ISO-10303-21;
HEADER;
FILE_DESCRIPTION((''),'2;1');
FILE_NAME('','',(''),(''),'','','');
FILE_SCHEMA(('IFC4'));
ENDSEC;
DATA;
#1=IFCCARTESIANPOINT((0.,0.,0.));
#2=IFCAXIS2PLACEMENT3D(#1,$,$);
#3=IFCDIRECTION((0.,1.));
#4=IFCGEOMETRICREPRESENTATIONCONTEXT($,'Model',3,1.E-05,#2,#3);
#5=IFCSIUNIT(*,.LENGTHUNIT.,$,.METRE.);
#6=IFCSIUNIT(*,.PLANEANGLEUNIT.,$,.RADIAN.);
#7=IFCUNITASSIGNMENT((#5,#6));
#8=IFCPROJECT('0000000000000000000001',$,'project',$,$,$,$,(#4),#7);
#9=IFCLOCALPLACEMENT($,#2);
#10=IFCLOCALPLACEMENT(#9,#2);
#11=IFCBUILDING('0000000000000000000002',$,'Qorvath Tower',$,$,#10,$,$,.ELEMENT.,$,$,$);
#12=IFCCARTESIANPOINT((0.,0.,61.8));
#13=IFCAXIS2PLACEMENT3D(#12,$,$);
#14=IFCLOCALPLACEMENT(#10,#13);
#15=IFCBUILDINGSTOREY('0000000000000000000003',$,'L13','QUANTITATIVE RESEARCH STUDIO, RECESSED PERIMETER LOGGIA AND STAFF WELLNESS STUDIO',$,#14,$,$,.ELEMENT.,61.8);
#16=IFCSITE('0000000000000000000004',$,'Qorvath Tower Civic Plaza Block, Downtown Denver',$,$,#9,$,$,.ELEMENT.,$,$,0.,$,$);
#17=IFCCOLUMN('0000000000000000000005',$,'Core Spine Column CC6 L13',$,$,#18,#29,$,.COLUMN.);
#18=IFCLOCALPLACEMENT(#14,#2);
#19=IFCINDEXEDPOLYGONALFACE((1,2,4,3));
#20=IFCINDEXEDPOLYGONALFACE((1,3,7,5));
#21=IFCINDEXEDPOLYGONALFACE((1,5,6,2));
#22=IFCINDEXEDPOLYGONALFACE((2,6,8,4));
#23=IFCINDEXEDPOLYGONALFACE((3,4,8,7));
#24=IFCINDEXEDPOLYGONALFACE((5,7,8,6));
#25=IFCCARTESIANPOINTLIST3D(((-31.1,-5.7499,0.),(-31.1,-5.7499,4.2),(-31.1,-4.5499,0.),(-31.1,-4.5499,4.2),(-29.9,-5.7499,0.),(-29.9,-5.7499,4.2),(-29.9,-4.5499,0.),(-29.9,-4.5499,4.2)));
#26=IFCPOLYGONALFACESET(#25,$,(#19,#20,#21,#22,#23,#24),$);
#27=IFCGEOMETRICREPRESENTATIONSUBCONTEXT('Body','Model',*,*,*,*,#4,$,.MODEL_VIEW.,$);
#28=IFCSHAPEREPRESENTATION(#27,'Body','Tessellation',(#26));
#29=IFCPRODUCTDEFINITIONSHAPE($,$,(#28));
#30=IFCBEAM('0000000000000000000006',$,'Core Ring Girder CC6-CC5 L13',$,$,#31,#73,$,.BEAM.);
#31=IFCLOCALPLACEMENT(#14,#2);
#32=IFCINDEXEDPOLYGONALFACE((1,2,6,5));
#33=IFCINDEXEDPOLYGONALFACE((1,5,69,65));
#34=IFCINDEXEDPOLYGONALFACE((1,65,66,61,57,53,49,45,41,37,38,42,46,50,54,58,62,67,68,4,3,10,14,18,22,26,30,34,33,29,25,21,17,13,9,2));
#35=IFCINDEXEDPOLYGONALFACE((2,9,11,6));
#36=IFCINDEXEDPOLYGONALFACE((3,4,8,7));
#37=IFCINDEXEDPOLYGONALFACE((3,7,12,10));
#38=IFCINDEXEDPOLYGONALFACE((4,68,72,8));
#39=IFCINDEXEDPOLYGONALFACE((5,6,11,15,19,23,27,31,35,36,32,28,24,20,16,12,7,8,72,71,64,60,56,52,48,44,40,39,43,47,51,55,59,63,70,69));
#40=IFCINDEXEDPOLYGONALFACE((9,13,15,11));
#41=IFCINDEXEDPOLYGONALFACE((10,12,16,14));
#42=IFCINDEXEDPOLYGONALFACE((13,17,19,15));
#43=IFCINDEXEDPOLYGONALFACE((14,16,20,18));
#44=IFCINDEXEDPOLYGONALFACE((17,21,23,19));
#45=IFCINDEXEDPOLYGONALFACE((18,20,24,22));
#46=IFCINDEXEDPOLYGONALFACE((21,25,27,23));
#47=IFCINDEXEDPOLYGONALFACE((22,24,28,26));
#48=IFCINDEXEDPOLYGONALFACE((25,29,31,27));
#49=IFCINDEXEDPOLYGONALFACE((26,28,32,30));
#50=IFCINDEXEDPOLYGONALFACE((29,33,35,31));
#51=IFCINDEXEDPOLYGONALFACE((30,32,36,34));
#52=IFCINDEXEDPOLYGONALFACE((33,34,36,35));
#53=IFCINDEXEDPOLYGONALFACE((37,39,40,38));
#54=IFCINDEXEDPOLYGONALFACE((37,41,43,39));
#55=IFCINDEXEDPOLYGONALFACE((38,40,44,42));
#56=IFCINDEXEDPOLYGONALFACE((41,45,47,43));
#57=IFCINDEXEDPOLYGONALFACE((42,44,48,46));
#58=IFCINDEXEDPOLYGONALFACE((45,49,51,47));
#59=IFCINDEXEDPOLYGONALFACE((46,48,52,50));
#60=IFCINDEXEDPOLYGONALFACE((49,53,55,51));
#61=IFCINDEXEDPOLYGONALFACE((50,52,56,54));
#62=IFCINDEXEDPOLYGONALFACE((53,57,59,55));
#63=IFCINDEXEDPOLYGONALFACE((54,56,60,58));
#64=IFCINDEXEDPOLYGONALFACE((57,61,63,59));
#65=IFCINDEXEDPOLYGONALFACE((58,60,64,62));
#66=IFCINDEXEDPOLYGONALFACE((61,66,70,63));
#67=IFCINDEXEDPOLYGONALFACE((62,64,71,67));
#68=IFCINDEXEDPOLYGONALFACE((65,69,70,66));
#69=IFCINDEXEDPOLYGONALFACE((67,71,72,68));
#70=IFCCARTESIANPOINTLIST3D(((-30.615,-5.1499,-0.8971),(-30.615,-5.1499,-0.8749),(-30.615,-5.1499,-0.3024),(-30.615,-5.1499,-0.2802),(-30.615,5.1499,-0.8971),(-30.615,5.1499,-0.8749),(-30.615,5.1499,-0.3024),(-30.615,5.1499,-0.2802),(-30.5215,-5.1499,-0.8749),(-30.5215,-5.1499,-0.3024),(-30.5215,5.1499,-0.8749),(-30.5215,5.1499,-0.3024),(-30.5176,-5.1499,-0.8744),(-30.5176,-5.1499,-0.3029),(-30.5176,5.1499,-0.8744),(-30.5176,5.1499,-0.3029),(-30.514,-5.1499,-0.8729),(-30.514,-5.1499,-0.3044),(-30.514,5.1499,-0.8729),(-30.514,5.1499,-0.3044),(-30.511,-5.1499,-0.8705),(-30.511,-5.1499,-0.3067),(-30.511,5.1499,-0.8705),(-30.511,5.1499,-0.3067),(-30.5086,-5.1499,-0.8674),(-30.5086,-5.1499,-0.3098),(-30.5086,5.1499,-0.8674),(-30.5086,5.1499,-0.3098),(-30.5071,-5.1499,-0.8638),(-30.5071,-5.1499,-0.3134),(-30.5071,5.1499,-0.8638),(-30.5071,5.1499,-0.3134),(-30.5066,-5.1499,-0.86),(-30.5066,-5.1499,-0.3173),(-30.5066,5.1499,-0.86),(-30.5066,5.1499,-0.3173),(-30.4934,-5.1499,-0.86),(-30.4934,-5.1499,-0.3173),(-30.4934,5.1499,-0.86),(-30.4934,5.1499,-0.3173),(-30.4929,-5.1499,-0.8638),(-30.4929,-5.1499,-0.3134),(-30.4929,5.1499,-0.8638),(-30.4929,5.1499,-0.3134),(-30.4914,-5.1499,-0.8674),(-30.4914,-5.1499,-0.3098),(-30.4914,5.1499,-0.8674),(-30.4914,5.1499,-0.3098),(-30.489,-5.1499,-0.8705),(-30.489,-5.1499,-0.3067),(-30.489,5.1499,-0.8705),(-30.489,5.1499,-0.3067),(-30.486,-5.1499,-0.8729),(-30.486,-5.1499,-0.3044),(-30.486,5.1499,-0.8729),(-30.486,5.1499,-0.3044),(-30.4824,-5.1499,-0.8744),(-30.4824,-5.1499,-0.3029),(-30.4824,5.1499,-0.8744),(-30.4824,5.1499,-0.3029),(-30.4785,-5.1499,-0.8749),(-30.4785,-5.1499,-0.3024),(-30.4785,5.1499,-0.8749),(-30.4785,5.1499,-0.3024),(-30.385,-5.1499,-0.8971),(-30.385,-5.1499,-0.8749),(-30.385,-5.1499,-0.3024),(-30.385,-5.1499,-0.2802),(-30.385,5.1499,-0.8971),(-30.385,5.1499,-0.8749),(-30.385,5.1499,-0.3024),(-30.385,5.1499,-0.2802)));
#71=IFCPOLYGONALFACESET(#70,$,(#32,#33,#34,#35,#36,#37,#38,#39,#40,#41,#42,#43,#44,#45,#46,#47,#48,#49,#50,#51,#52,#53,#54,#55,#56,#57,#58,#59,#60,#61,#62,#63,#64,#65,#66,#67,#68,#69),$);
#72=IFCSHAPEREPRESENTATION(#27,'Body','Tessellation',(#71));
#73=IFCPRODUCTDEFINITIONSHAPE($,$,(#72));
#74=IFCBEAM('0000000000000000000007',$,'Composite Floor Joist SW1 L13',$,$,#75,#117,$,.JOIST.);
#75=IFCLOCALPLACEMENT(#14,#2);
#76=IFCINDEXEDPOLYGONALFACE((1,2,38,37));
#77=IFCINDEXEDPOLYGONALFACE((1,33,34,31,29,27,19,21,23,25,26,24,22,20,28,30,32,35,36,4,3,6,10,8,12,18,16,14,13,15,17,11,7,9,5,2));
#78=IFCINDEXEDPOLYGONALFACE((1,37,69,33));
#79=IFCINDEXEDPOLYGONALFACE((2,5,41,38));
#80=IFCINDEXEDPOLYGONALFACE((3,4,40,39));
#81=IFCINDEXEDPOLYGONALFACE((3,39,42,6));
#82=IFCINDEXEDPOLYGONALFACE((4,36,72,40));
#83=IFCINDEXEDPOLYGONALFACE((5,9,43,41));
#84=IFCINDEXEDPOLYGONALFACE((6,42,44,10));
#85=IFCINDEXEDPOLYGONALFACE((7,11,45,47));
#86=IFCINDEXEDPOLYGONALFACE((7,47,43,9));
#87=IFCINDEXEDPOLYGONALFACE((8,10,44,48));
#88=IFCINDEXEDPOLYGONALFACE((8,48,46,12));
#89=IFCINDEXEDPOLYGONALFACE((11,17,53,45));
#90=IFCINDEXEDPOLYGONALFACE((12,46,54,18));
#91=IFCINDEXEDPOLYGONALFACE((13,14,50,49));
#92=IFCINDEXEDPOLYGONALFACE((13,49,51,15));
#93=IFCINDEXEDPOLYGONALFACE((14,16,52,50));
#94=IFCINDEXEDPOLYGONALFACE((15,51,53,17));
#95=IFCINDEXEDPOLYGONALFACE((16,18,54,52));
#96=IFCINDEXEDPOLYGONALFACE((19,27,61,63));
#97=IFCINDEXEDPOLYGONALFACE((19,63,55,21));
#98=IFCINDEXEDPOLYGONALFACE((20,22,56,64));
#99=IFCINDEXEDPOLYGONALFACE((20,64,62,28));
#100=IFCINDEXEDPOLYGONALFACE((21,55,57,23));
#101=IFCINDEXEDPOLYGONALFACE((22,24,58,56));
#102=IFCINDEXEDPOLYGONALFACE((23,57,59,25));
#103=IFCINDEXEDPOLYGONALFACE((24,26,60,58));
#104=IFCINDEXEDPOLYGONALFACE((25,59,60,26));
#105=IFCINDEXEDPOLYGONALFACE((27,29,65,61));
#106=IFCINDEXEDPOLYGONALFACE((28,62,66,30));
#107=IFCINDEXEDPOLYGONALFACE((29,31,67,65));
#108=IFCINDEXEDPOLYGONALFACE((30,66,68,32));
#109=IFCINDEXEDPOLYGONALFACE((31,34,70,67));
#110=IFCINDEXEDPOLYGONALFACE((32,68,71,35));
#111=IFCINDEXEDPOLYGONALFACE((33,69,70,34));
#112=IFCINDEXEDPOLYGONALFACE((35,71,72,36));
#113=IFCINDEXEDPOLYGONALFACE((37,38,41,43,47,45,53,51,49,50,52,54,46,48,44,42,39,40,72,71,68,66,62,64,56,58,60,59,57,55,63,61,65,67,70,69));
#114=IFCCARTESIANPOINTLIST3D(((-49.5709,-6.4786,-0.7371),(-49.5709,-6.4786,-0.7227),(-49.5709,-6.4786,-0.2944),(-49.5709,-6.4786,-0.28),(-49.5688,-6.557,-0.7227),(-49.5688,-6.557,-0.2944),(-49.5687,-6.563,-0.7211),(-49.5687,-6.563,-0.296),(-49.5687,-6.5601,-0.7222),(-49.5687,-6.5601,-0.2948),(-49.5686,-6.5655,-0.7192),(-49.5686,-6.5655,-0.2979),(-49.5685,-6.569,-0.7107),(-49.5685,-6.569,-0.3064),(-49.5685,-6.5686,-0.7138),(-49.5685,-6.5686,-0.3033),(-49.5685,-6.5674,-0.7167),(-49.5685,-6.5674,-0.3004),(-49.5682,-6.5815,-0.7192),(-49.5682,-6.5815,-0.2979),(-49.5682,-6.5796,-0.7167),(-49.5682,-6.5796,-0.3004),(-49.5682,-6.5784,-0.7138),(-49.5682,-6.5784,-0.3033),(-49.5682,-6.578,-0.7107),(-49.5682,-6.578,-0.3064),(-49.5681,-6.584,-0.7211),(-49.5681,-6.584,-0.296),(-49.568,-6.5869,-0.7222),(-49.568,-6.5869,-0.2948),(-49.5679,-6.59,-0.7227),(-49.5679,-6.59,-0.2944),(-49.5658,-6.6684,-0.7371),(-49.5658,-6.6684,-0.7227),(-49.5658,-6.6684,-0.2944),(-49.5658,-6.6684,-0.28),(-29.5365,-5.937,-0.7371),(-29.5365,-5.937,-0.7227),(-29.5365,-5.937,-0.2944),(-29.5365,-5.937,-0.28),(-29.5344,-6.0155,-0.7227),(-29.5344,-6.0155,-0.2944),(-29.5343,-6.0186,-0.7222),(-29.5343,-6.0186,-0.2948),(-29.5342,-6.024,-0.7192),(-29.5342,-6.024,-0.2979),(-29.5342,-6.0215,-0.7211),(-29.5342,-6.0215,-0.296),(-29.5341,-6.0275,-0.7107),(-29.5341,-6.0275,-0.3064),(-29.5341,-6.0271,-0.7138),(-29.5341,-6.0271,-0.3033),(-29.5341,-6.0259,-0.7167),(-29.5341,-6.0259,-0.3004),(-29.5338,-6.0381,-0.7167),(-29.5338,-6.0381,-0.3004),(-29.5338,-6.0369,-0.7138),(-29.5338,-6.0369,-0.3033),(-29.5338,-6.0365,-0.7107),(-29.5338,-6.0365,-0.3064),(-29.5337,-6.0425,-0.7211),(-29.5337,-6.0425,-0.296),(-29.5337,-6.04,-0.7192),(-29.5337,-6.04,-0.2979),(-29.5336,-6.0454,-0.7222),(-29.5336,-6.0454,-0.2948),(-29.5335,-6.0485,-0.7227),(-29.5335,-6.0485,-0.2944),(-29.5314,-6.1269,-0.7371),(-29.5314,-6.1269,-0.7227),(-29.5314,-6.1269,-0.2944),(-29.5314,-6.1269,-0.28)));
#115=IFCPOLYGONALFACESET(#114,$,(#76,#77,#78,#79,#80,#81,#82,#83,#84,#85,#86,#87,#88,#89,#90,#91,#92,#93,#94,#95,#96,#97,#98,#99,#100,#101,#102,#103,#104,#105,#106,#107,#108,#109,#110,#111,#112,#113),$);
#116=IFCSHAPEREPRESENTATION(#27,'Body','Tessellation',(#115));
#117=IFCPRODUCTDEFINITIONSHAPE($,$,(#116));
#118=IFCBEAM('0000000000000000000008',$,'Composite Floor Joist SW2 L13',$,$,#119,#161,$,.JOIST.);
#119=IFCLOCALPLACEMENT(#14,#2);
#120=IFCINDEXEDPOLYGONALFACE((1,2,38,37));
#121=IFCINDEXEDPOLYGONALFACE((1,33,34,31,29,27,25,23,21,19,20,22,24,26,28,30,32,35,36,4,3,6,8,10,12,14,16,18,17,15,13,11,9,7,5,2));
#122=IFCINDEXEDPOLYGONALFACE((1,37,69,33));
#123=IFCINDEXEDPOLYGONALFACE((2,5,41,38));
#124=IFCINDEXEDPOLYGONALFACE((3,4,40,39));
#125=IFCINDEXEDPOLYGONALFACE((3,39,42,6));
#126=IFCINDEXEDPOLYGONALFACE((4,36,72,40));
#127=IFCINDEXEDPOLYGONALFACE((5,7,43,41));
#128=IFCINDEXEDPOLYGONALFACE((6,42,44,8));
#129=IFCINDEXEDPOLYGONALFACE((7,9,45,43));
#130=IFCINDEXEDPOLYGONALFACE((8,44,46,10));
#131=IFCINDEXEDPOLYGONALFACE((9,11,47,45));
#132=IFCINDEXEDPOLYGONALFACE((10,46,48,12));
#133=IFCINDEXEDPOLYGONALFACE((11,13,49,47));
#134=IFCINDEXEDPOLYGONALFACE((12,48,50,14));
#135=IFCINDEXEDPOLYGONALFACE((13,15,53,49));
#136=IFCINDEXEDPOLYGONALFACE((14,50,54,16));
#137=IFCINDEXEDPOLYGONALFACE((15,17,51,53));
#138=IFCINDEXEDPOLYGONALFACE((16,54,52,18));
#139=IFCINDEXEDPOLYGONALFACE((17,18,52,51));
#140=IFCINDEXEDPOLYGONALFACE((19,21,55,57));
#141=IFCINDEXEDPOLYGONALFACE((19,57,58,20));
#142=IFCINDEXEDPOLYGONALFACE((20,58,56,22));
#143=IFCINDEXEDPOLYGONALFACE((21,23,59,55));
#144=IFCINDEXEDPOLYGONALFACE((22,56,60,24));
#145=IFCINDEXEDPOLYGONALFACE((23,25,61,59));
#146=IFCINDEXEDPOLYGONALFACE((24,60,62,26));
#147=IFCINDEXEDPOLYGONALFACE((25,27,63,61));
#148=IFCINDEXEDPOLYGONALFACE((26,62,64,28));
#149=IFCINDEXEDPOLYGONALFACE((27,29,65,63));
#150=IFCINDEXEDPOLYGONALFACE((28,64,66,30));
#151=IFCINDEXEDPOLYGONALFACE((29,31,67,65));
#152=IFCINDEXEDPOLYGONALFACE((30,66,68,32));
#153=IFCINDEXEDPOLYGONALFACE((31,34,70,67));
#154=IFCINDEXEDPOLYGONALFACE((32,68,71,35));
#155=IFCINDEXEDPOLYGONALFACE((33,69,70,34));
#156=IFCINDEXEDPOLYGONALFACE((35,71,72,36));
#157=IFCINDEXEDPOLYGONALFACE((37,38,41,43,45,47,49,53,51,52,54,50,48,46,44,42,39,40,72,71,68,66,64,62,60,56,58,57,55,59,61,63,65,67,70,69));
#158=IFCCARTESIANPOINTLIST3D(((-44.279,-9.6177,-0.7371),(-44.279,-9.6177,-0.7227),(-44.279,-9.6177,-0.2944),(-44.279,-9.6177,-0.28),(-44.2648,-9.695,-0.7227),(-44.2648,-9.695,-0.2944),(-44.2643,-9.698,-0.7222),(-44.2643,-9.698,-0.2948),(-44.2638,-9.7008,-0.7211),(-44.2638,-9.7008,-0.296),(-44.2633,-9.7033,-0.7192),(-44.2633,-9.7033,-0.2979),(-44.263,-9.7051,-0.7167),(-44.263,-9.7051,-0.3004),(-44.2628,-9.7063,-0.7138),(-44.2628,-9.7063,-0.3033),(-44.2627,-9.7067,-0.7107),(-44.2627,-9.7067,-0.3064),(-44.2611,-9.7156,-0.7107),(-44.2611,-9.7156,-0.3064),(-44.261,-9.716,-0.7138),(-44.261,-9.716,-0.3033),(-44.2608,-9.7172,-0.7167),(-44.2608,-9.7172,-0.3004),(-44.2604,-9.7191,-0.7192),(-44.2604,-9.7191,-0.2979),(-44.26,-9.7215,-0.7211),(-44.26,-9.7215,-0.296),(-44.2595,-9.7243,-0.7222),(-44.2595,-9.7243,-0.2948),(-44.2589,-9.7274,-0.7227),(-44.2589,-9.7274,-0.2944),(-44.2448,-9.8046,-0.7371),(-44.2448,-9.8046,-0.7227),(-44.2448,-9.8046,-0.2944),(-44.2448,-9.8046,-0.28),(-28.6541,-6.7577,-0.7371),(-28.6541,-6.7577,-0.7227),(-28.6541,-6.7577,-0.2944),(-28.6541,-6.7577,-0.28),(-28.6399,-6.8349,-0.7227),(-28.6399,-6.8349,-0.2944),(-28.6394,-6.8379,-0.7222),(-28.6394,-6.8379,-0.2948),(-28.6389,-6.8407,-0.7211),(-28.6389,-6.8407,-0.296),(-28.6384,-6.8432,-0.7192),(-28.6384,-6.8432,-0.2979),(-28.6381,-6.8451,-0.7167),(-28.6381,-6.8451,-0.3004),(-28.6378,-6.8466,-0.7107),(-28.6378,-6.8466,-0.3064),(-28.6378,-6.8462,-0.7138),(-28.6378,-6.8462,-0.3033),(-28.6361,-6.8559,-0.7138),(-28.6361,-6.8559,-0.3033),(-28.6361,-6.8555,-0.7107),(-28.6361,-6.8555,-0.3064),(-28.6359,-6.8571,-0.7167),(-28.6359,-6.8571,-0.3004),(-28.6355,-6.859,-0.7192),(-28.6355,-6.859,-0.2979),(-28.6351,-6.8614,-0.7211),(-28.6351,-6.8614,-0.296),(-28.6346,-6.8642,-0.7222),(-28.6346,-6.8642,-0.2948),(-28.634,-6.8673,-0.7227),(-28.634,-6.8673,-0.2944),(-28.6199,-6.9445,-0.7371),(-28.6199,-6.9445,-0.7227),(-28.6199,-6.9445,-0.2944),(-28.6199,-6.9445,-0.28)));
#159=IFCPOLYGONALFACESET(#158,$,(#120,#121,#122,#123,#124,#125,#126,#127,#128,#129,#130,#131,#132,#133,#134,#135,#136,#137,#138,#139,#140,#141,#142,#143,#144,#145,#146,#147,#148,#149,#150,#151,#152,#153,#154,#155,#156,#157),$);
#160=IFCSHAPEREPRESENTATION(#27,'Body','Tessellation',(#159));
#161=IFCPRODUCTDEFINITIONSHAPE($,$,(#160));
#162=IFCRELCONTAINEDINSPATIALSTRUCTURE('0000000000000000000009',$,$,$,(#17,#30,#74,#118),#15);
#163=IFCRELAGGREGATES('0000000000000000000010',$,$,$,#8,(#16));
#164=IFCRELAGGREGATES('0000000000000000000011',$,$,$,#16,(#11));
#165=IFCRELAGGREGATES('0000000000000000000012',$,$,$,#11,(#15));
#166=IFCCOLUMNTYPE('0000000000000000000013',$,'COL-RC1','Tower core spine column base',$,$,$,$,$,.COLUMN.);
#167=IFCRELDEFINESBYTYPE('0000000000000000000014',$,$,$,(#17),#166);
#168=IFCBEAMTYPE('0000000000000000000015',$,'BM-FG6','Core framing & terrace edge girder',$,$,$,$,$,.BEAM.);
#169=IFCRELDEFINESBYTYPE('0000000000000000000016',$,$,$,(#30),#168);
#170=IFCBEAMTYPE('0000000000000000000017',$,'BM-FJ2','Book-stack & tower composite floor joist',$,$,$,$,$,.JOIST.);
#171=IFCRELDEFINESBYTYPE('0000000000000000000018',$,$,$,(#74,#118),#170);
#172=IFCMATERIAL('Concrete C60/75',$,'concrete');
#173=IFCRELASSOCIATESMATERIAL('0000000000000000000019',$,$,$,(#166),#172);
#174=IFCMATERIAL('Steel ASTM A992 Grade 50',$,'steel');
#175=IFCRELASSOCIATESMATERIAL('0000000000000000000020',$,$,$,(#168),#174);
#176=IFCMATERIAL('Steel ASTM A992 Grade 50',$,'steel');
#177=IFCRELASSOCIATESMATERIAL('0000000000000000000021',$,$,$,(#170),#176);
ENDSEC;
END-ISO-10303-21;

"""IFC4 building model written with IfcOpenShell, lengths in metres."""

from ifc_helpers import new_model, si_unit, direction, frame, origin, origin_2d, place, context, subcontext, project, spatial, rectangle, i_section, extrude, material, material_profile, profile_set, type_object, element, save


model = new_model("IFC4")

# Units and contexts
model_context = context("Model", 3, precision=1e-05, world=origin(), true_north=direction((0.0, 1.0)))
body_context = subcontext(model_context, "Body", "Model", "MODEL_VIEW")
ifc_project = project(units=[si_unit("LENGTHUNIT", "METRE"), si_unit("PLANEANGLEUNIT", "RADIAN")], contexts=[model_context])

# Site, building, storey
site_placement = place(None, origin())
site = spatial("IfcSite", under=ifc_project, at=site_placement, Name="Qorvath Tower Civic Plaza Block, Downtown Denver", CompositionType="ELEMENT", RefElevation=0.0)
building_placement = place(site_placement, origin())
building = spatial("IfcBuilding", under=site, at=building_placement, Name="Qorvath Tower", CompositionType="ELEMENT")
storey_placement = place(building_placement, frame((0.0, 0.0, 61.8)))
storey = spatial("IfcBuildingStorey", under=building, at=storey_placement, Name="L13", Description="QUANTITATIVE RESEARCH STUDIO, RECESSED PERIMETER LOGGIA AND STAFF WELLNESS STUDIO", CompositionType="ELEMENT", Elevation=61.8)

# Column
ifc_material_1 = material(Name="Concrete C60/75", Category="concrete")
ifc_material_profile_1 = material_profile(ifc_material_1, rectangle(XDim=1.2, YDim=1.2, at=origin_2d()), Name="RC 1200x1200")
ifc_profile_set_1 = profile_set([ifc_material_profile_1], Name="Concrete C60/75")
column_type = type_object("IfcColumnType", Name="COL-RC1", Description="Tower core spine column base", PredefinedType="COLUMN", material=ifc_profile_set_1)
column_placement = place(storey_placement, frame((-30.5, -5.1499, 0.0), z_axis=(0.0, 0.0, 1.0), x_axis=(1.0, 0.0, 0.0)))
element("IfcColumn", 1, at=column_placement, inside=storey, type_object=column_type, Name="Core Spine Column CC6 L13", PredefinedType="COLUMN", context=body_context, shape_type="SweptSolid", body=[
    extrude(rectangle(XDim=1.2, YDim=1.2, at=origin_2d()), origin(), (0.0, 0.0, 1.0), 4.2),
])

# Beams
ifc_material_2 = material(Name="Steel ASTM A992 Grade 50", Category="steel")
ifc_material_profile_2 = material_profile(ifc_material_2, i_section(OverallWidth=0.23, OverallDepth=0.6169, WebThickness=0.0132, FlangeThickness=0.0222, FilletRadius=0.0149, at=origin_2d()), Name="W24x94")
ifc_profile_set_2 = profile_set([ifc_material_profile_2], Name="Steel ASTM A992 Grade 50")
beam_type_1 = type_object("IfcBeamType", Name="BM-FG6", Description="Core framing & terrace edge girder", PredefinedType="BEAM", material=ifc_profile_set_2)
beam_1_placement = place(storey_placement, frame((-30.5, -5.1499, -0.5886), z_axis=(0.0, 1.0, 0.0), x_axis=(-1.0, 0.0, 0.0)))
element("IfcBeam", 2, at=beam_1_placement, inside=storey, type_object=beam_type_1, Name="Core Ring Girder CC6-CC5 L13", PredefinedType="BEAM", context=body_context, shape_type="SweptSolid", body=[
    extrude(i_section(OverallWidth=0.23, OverallDepth=0.6169, WebThickness=0.0132, FlangeThickness=0.0222, FilletRadius=0.0149, at=origin_2d()), origin(), (0.0, 0.0, 1.0), 10.2998),
])
ifc_material_3 = material(Name="Steel ASTM A992 Grade 50", Category="steel")
ifc_material_profile_3 = material_profile(ifc_material_3, i_section(OverallWidth=0.1899, OverallDepth=0.457, WebThickness=0.009, FlangeThickness=0.0144, FilletRadius=0.012, at=origin_2d()), Name="W18x50")
ifc_profile_set_3 = profile_set([ifc_material_profile_3], Name="Steel ASTM A992 Grade 50")
beam_type_2 = type_object("IfcBeamType", Name="BM-FJ2", Description="Book-stack & tower composite floor joist", PredefinedType="JOIST", material=ifc_profile_set_3)
beam_2_placement = place(storey_placement, frame((-29.5339, -6.032, -0.5085), z_axis=(-0.999635, -0.027019, 0.0), x_axis=(0.027019, -0.999635, 0.0)))
element("IfcBeam", 3, at=beam_2_placement, inside=storey, type_object=beam_type_2, Name="Composite Floor Joist SW1 L13", PredefinedType="JOIST", context=body_context, shape_type="SweptSolid", body=[
    extrude(i_section(OverallWidth=0.1899, OverallDepth=0.457, WebThickness=0.009, FlangeThickness=0.0144, FilletRadius=0.012, at=origin_2d()), origin(), (0.0, 0.0, 1.0), 20.0417),
])
beam_3_placement = place(storey_placement, frame((-28.637, -6.8511, -0.5085), z_axis=(-0.983656, -0.180055, 0.0), x_axis=(0.180055, -0.983656, 0.0)))
element("IfcBeam", 4, at=beam_3_placement, inside=storey, type_object=beam_type_2, Name="Composite Floor Joist SW2 L13", PredefinedType="JOIST", context=body_context, shape_type="SweptSolid", body=[
    extrude(i_section(OverallWidth=0.1899, OverallDepth=0.457, WebThickness=0.009, FlangeThickness=0.0144, FilletRadius=0.012, at=origin_2d()), origin(), (0.0, 0.0, 1.0), 15.8845),
])

save(model, "model.ifc")
